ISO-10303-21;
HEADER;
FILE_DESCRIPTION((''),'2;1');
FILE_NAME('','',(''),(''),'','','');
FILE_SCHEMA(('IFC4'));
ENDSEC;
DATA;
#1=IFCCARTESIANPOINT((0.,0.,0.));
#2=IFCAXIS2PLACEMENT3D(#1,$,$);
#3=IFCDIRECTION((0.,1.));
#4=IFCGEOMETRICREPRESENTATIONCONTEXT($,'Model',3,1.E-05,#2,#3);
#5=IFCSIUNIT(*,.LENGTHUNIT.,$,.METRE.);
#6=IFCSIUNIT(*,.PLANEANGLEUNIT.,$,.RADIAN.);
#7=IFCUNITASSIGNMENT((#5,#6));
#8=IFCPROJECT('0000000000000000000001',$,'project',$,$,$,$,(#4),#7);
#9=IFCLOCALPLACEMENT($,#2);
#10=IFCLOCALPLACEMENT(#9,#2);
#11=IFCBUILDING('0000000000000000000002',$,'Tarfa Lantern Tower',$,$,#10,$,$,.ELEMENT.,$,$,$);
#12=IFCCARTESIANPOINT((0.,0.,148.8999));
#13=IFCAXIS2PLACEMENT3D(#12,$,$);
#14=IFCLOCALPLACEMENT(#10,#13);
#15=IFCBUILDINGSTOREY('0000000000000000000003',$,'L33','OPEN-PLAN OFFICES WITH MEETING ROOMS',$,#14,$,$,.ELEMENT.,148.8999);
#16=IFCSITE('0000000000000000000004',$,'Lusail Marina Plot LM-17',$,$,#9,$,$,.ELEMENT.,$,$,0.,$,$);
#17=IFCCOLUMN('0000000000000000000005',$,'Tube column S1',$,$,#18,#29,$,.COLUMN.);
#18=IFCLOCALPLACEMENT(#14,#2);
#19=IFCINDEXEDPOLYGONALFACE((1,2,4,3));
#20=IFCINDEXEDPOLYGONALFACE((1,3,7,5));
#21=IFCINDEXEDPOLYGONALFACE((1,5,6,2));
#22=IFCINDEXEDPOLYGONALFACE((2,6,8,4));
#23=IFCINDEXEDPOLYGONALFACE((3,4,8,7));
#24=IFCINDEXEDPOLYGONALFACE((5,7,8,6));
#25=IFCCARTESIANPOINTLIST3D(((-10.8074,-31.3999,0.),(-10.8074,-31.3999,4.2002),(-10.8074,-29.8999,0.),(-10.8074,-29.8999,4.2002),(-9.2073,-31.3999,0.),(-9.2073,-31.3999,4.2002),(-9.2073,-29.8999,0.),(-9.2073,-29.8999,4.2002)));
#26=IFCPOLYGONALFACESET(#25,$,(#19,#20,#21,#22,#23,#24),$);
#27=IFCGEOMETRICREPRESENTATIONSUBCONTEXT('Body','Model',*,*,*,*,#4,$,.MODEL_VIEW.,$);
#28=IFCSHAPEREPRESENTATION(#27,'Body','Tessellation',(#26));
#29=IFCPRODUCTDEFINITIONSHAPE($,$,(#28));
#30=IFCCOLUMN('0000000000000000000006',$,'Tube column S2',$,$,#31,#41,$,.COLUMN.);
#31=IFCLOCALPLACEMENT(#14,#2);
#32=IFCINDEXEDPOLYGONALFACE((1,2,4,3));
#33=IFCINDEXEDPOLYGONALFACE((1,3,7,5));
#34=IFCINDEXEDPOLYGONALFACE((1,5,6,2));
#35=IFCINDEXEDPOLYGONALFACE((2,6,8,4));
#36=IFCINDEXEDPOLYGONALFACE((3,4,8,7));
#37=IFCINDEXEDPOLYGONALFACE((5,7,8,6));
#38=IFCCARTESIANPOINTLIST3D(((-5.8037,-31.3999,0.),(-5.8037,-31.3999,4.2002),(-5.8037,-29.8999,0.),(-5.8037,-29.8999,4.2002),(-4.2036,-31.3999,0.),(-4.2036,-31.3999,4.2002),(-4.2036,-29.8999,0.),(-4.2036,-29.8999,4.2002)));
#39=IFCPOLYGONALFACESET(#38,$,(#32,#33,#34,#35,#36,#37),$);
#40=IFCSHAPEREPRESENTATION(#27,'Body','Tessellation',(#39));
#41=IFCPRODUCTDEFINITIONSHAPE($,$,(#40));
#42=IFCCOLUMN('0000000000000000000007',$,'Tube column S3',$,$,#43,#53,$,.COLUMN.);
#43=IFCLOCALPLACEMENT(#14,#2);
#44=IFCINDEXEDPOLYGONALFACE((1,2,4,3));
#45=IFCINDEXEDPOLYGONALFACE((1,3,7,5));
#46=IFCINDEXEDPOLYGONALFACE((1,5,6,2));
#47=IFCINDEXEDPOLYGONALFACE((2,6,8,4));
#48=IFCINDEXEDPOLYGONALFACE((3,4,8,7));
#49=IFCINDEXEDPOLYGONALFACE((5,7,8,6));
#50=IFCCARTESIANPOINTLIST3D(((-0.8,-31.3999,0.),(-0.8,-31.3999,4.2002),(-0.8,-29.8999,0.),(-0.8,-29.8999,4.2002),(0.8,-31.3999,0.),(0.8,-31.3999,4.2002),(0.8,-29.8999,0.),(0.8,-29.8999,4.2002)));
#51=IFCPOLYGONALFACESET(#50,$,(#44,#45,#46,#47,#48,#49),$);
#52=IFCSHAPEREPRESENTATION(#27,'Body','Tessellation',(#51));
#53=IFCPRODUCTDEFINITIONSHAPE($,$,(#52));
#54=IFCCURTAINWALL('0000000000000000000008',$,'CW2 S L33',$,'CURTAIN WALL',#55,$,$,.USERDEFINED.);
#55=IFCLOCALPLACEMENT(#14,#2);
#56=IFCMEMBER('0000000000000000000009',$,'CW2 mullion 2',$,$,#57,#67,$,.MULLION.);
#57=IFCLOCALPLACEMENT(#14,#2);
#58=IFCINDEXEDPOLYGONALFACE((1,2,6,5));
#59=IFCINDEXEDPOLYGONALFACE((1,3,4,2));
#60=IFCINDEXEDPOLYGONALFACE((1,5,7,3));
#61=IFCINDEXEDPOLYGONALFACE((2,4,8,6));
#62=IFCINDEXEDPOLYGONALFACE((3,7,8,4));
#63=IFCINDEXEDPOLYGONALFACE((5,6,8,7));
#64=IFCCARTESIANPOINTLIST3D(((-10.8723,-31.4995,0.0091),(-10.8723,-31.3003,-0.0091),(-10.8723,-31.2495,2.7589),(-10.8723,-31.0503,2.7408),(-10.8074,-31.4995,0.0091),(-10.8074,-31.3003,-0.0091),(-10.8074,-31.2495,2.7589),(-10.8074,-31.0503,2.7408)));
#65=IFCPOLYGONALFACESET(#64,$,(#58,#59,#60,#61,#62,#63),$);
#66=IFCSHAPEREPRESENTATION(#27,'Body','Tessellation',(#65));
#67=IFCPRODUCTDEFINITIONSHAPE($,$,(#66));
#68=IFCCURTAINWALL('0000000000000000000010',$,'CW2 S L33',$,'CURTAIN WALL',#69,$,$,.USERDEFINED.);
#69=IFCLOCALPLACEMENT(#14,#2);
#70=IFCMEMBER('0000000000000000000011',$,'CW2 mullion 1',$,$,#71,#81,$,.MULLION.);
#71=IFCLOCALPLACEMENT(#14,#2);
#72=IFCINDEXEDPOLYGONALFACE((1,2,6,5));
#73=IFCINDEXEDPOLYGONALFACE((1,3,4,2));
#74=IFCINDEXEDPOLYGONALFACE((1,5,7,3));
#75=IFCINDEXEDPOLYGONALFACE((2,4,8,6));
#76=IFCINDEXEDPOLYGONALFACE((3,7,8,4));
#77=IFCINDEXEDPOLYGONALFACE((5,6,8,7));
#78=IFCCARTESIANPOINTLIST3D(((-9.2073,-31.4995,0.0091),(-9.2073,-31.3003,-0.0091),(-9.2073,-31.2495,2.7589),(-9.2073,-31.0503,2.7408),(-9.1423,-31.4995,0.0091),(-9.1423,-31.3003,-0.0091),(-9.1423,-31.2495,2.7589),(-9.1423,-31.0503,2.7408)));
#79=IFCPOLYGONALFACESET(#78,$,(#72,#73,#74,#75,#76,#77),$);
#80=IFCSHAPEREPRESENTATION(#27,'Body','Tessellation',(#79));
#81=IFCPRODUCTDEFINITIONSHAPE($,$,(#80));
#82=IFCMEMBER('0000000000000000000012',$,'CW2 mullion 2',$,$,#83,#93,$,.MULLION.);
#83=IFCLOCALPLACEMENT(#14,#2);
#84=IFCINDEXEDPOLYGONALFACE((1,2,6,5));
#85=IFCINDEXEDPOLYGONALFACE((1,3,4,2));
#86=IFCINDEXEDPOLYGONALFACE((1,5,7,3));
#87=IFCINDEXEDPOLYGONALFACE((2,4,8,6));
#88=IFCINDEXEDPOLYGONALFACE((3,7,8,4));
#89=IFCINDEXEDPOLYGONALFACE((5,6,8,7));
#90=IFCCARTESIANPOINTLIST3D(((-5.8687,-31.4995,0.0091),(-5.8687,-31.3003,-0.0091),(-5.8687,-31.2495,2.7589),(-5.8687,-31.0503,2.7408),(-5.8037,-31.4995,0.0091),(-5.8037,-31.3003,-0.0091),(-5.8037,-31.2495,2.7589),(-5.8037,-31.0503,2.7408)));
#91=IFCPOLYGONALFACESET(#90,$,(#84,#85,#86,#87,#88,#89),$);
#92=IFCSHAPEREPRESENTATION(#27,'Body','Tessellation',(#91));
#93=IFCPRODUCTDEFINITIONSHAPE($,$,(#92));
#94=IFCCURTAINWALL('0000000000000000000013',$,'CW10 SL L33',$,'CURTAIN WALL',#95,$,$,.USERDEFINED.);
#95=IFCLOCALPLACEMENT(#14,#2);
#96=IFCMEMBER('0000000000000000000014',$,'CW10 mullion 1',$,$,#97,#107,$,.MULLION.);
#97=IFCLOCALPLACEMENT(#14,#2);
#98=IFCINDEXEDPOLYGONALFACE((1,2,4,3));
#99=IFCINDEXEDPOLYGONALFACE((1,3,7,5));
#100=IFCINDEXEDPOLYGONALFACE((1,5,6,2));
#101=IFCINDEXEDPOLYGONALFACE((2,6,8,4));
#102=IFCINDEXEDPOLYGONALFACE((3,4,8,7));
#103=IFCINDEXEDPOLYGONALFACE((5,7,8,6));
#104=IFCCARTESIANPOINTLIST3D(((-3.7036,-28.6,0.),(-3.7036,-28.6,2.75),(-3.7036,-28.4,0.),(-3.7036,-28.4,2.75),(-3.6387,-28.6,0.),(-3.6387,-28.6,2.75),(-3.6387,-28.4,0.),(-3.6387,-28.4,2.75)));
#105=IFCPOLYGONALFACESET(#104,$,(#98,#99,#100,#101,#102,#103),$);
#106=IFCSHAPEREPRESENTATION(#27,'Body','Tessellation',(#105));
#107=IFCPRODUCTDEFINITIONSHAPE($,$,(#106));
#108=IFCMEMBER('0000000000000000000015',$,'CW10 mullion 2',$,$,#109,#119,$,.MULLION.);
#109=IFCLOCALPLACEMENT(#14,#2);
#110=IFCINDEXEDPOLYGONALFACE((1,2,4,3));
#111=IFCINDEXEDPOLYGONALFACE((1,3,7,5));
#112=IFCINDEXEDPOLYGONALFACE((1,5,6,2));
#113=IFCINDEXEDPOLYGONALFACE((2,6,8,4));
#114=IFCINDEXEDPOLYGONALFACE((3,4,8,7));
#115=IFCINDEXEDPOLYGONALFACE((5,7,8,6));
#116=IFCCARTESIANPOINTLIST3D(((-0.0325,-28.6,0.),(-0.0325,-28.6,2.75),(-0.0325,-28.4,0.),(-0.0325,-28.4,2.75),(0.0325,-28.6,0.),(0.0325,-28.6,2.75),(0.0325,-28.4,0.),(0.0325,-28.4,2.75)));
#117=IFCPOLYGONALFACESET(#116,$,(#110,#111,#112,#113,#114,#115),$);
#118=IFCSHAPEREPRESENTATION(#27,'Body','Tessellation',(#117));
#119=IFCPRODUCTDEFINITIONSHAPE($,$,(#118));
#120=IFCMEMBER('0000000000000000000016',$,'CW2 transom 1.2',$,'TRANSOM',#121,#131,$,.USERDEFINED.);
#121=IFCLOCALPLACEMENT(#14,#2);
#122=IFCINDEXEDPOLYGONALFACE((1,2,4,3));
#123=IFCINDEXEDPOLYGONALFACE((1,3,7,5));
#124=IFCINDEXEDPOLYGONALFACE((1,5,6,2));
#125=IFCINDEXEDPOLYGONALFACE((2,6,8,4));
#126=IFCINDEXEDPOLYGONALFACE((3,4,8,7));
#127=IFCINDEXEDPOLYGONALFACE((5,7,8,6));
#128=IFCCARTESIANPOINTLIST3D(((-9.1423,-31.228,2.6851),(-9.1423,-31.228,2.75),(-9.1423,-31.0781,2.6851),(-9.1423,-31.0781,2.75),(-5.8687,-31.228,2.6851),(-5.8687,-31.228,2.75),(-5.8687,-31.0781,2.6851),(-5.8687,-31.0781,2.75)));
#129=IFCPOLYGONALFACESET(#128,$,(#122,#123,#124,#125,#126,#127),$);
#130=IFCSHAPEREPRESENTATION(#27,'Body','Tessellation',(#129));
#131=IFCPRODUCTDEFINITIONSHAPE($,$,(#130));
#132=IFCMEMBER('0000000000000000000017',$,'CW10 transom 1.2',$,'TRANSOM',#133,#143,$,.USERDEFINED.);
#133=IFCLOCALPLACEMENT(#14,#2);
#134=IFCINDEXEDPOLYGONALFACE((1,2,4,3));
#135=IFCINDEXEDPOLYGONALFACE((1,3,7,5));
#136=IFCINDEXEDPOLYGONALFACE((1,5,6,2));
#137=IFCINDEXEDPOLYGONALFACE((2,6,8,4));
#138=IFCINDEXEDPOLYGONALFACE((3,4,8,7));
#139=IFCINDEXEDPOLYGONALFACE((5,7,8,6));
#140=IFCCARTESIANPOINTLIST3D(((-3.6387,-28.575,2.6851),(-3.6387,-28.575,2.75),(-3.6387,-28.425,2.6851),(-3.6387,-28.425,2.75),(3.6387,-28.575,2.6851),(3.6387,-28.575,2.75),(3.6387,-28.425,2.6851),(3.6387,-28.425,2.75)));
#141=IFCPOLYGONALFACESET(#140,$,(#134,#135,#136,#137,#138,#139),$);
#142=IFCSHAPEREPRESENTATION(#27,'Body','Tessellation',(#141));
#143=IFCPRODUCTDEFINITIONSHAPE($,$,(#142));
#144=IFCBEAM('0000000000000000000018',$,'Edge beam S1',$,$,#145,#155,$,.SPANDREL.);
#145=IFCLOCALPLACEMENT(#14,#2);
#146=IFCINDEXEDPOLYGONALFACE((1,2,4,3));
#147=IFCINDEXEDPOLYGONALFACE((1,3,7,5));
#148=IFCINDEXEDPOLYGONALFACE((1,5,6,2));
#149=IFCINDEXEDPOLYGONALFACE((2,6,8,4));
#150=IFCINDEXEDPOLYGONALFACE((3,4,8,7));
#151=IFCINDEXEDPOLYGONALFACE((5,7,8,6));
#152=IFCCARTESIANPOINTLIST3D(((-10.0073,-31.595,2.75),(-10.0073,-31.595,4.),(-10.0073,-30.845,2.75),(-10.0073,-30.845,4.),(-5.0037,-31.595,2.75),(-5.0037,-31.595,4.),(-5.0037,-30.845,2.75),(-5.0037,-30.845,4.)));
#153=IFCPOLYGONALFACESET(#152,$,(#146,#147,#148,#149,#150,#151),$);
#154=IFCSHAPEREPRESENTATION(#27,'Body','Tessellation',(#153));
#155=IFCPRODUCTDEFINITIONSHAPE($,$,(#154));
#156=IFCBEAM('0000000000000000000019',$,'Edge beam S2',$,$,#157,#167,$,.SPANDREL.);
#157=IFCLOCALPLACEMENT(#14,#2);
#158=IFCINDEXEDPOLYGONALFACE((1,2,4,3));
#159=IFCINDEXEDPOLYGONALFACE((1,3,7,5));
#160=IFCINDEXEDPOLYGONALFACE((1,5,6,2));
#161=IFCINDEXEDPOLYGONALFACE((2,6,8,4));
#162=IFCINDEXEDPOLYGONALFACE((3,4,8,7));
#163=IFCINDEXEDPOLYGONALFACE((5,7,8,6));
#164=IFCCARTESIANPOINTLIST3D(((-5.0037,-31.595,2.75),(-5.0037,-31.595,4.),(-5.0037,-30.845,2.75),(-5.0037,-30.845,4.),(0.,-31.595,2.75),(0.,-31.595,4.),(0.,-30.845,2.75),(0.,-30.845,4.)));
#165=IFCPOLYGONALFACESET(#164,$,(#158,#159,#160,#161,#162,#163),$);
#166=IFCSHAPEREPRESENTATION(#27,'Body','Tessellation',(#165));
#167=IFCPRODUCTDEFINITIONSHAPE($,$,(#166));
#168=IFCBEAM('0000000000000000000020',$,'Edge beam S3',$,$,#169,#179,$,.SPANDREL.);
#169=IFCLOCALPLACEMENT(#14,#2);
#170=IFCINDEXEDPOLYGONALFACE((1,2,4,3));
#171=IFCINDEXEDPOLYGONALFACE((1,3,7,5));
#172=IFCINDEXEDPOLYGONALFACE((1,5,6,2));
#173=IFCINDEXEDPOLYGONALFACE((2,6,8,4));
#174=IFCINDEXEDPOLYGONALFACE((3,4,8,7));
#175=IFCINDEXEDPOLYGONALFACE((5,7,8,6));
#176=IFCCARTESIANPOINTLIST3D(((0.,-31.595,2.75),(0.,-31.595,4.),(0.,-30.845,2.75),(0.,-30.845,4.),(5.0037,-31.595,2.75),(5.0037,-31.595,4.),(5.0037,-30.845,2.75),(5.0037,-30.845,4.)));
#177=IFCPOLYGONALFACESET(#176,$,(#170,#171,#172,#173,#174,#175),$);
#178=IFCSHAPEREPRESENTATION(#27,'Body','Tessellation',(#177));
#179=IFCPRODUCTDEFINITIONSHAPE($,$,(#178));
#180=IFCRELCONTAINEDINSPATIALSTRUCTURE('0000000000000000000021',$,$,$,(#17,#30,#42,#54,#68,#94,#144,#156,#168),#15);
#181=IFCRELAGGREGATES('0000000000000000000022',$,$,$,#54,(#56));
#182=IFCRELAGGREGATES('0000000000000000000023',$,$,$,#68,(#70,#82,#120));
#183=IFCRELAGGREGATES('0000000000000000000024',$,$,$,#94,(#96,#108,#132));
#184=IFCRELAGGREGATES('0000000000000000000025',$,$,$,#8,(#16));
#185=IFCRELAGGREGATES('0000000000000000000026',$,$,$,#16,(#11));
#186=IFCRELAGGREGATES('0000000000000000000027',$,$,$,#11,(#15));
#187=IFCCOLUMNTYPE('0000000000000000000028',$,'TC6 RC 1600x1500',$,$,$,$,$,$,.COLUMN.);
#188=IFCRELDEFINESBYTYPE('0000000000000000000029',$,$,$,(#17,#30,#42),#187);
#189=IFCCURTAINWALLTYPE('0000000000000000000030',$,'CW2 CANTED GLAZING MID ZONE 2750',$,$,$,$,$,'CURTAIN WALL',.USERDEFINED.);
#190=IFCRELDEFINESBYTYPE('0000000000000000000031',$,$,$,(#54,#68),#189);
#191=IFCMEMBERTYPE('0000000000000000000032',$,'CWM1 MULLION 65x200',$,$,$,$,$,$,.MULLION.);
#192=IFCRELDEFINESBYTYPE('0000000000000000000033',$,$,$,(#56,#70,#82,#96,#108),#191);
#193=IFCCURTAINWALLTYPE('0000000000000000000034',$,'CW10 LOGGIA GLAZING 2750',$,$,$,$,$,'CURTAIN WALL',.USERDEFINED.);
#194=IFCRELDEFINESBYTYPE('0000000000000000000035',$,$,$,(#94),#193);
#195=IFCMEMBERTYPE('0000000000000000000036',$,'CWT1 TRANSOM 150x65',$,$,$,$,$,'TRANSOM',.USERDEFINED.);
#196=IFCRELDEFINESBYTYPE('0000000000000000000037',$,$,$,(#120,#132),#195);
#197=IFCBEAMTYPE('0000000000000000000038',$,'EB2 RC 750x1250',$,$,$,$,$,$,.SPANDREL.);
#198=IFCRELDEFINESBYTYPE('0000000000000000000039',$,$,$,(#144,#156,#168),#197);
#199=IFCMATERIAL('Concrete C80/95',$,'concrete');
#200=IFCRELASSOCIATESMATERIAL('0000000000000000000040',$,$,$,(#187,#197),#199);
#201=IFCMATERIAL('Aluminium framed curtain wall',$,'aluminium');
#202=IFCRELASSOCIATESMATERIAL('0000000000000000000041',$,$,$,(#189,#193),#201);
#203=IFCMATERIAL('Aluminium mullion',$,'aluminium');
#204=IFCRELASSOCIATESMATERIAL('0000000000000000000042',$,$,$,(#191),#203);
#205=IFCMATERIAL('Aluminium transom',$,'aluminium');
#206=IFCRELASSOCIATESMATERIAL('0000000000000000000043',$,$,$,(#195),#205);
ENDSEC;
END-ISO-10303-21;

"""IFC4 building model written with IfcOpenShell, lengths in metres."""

from ifc_helpers import new_model, si_unit, direction, frame, origin, origin_2d, place, context, subcontext, project, spatial, rectangle, extrude, material, material_profile, profile_set, type_object, element, aggregate, save


model = new_model("IFC4")

# Units and contexts
model_context = context("Model", 3, precision=1e-05, world=origin(), true_north=direction((0.0, 1.0)))
body_context = subcontext(model_context, "Body", "Model", "MODEL_VIEW")
ifc_project = project(units=[si_unit("LENGTHUNIT", "METRE"), si_unit("PLANEANGLEUNIT", "RADIAN")], contexts=[model_context])

# Site, building, storey
site_placement = place(None, origin())
site = spatial("IfcSite", under=ifc_project, at=site_placement, Name="Lusail Marina Plot LM-17", CompositionType="ELEMENT", RefElevation=0.0)
building_placement = place(site_placement, origin())
building = spatial("IfcBuilding", under=site, at=building_placement, Name="Tarfa Lantern Tower", CompositionType="ELEMENT")
storey_placement = place(building_placement, frame((0.0, 0.0, 148.8999)))
storey = spatial("IfcBuildingStorey", under=building, at=storey_placement, Name="L33", Description="OPEN-PLAN OFFICES WITH MEETING ROOMS", CompositionType="ELEMENT", Elevation=148.8999)

# Columns
ifc_material_1 = material(Name="Concrete C80/95", Category="concrete")
ifc_material_profile_1 = material_profile(ifc_material_1, rectangle(XDim=1.6001, YDim=1.5, at=origin_2d()), Name="RC 1600x1500")
ifc_profile_set_1 = profile_set([ifc_material_profile_1], Name="Concrete C80/95")
column_type = type_object("IfcColumnType", Name="TC6 RC 1600x1500", PredefinedType="COLUMN", material=ifc_profile_set_1)
for number, where, z_axis, x_axis, name in (
    (1, (-10.0073, -30.6499, 0.0), (0.0, 0.0, 1.0), (1.0, 0.0, 0.0), "Tube column S1"),
    (2, (-5.0037, -30.6499, 0.0), (0.0, 0.0, 1.0), (1.0, 0.0, 0.0), "Tube column S2"),
    (3, (0.0, -30.6499, 0.0), (0.0, 0.0, 1.0), (1.0, 0.0, 0.0), "Tube column S3"),
):
    element("IfcColumn", number, at=place(storey_placement, frame(where, z_axis=z_axis, x_axis=x_axis)), inside=storey, type_object=column_type, Name=name, PredefinedType="COLUMN", context=body_context, shape_type="SweptSolid", body=[
        extrude(rectangle(XDim=1.6001, YDim=1.5, at=origin_2d()), origin(), (0.0, 0.0, 1.0), 4.2002),
    ])

# Curtain wall, member
ifc_material_2 = material(Name="Aluminium framed curtain wall", Category="aluminium")
curtain_wall_type_1 = type_object("IfcCurtainWallType", Name="CW2 CANTED GLAZING MID ZONE 2750", ElementType="CURTAIN WALL", PredefinedType="USERDEFINED", material=ifc_material_2)
curtain_wall_1_placement = place(storey_placement, origin())
curtain_wall_1 = element("IfcCurtainWall", 4, at=curtain_wall_1_placement, inside=storey, type_object=curtain_wall_type_1, Name="CW2 S L33", ObjectType="CURTAIN WALL", PredefinedType="USERDEFINED")
ifc_material_3 = material(Name="Aluminium mullion", Category="aluminium")
ifc_material_profile_2 = material_profile(ifc_material_3, rectangle(XDim=0.0649, YDim=0.2, at=origin_2d()), Name="AL MULLION 65x200")
ifc_profile_set_2 = profile_set([ifc_material_profile_2], Name="Aluminium mullion")
member_type_1 = type_object("IfcMemberType", Name="CWM1 MULLION 65x200", PredefinedType="MULLION", material=ifc_profile_set_2)
member_1_placement = place(storey_placement, frame((-10.8398, -31.3999, 0.0), z_axis=(0.0, 0.090536, 0.995893), x_axis=(-1.0, 0.0, 0.0)))
member_1 = element("IfcMember", 5, at=member_1_placement, type_object=member_type_1, Name="CW2 mullion 2", PredefinedType="MULLION", context=body_context, shape_type="SweptSolid", body=[
    extrude(rectangle(XDim=0.0649, YDim=0.2, at=origin_2d()), origin(), (0.0, 0.0, 1.0), 2.7612),
])
aggregate(curtain_wall_1, [member_1])

# Curtain walls, members
curtain_wall_2_placement = place(storey_placement, origin())
curtain_wall_2 = element("IfcCurtainWall", 6, at=curtain_wall_2_placement, inside=storey, type_object=curtain_wall_type_1, Name="CW2 S L33", ObjectType="CURTAIN WALL", PredefinedType="USERDEFINED")
member_2_placement = place(storey_placement, frame((-9.1748, -31.3999, 0.0), z_axis=(0.0, 0.090536, 0.995893), x_axis=(-1.0, 0.0, 0.0)))
member_2 = element("IfcMember", 7, at=member_2_placement, type_object=member_type_1, Name="CW2 mullion 1", PredefinedType="MULLION", context=body_context, shape_type="SweptSolid", body=[
    extrude(rectangle(XDim=0.0649, YDim=0.2, at=origin_2d()), origin(), (0.0, 0.0, 1.0), 2.7612),
])
member_3_placement = place(storey_placement, frame((-5.8362, -31.3999, 0.0), z_axis=(0.0, 0.090536, 0.995893), x_axis=(-1.0, 0.0, 0.0)))
member_3 = element("IfcMember", 8, at=member_3_placement, type_object=member_type_1, Name="CW2 mullion 2", PredefinedType="MULLION", context=body_context, shape_type="SweptSolid", body=[
    extrude(rectangle(XDim=0.0649, YDim=0.2, at=origin_2d()), origin(), (0.0, 0.0, 1.0), 2.7612),
])
curtain_wall_type_2 = type_object("IfcCurtainWallType", Name="CW10 LOGGIA GLAZING 2750", ElementType="CURTAIN WALL", PredefinedType="USERDEFINED", material=ifc_material_2)
curtain_wall_3_placement = place(storey_placement, origin())
curtain_wall_3 = element("IfcCurtainWall", 9, at=curtain_wall_3_placement, inside=storey, type_object=curtain_wall_type_2, Name="CW10 SL L33", ObjectType="CURTAIN WALL", PredefinedType="USERDEFINED")
member_4_placement = place(storey_placement, frame((-3.6711, -28.5, 0.0), z_axis=(0.0, 0.0, 1.0), x_axis=(1.0, 0.0, 0.0)))
member_4 = element("IfcMember", 10, at=member_4_placement, type_object=member_type_1, Name="CW10 mullion 1", PredefinedType="MULLION", context=body_context, shape_type="SweptSolid", body=[
    extrude(rectangle(XDim=0.0649, YDim=0.2, at=origin_2d()), origin(), (0.0, 0.0, 1.0), 2.75),
])
member_5_placement = place(storey_placement, frame((0.0, -28.5, 0.0), z_axis=(0.0, 0.0, 1.0), x_axis=(1.0, 0.0, 0.0)))
member_5 = element("IfcMember", 11, at=member_5_placement, type_object=member_type_1, Name="CW10 mullion 2", PredefinedType="MULLION", context=body_context, shape_type="SweptSolid", body=[
    extrude(rectangle(XDim=0.0649, YDim=0.2, at=origin_2d()), origin(), (0.0, 0.0, 1.0), 2.75),
])

# Members
ifc_material_4 = material(Name="Aluminium transom", Category="aluminium")
ifc_material_profile_3 = material_profile(ifc_material_4, rectangle(XDim=0.1499, YDim=0.0649, at=origin_2d()), Name="AL TRANSOM 150x65")
ifc_profile_set_3 = profile_set([ifc_material_profile_3], Name="Aluminium transom")
member_type_2 = type_object("IfcMemberType", Name="CWT1 TRANSOM 150x65", ElementType="TRANSOM", PredefinedType="USERDEFINED", material=ifc_profile_set_3)
member_6_placement = place(storey_placement, frame((-9.1423, -31.1531, 2.7175), z_axis=(1.0, 0.0, 0.0), x_axis=(0.0, 1.0, 0.0)))
member_6 = element("IfcMember", 12, at=member_6_placement, type_object=member_type_2, Name="CW2 transom 1.2", ObjectType="TRANSOM", PredefinedType="USERDEFINED", context=body_context, shape_type="SweptSolid", body=[
    extrude(rectangle(XDim=0.1499, YDim=0.0649, at=origin_2d()), origin(), (0.0, 0.0, 1.0), 3.2737),
])
member_7_placement = place(storey_placement, frame((-3.6387, -28.5, 2.7175), z_axis=(1.0, 0.0, 0.0), x_axis=(0.0, 1.0, 0.0)))
member_7 = element("IfcMember", 13, at=member_7_placement, type_object=member_type_2, Name="CW10 transom 1.2", ObjectType="TRANSOM", PredefinedType="USERDEFINED", context=body_context, shape_type="SweptSolid", body=[
    extrude(rectangle(XDim=0.1499, YDim=0.0649, at=origin_2d()), origin(), (0.0, 0.0, 1.0), 7.2773),
])

# Beams
ifc_material_profile_4 = material_profile(ifc_material_1, rectangle(XDim=0.75, YDim=1.25, at=origin_2d()), Name="RC 750x1250")
ifc_profile_set_4 = profile_set([ifc_material_profile_4], Name="Concrete C80/95")
beam_type_1 = type_object("IfcBeamType", Name="EB2 RC 750x1250", PredefinedType="SPANDREL", material=ifc_profile_set_4)
for number, where, z_axis, x_axis, name in (
    (14, (-10.0073, -31.22, 3.375), (1.0, 0.0, 0.0), (0.0, 1.0, 0.0), "Edge beam S1"),
    (15, (-5.0037, -31.22, 3.375), (1.0, 0.0, 0.0), (0.0, 1.0, 0.0), "Edge beam S2"),
    (16, (0.0, -31.22, 3.375), (1.0, 0.0, 0.0), (0.0, 1.0, 0.0), "Edge beam S3"),
):
    element("IfcBeam", number, at=place(storey_placement, frame(where, z_axis=z_axis, x_axis=x_axis)), inside=storey, type_object=beam_type_1, Name=name, PredefinedType="SPANDREL", context=body_context, shape_type="SweptSolid", body=[
        extrude(rectangle(XDim=0.75, YDim=1.25, at=origin_2d()), origin(), (0.0, 0.0, 1.0), 5.0037),
    ])

aggregate(curtain_wall_2, [member_2, member_3, member_6])
aggregate(curtain_wall_3, [member_4, member_5, member_7])

save(model, "model.ifc")
